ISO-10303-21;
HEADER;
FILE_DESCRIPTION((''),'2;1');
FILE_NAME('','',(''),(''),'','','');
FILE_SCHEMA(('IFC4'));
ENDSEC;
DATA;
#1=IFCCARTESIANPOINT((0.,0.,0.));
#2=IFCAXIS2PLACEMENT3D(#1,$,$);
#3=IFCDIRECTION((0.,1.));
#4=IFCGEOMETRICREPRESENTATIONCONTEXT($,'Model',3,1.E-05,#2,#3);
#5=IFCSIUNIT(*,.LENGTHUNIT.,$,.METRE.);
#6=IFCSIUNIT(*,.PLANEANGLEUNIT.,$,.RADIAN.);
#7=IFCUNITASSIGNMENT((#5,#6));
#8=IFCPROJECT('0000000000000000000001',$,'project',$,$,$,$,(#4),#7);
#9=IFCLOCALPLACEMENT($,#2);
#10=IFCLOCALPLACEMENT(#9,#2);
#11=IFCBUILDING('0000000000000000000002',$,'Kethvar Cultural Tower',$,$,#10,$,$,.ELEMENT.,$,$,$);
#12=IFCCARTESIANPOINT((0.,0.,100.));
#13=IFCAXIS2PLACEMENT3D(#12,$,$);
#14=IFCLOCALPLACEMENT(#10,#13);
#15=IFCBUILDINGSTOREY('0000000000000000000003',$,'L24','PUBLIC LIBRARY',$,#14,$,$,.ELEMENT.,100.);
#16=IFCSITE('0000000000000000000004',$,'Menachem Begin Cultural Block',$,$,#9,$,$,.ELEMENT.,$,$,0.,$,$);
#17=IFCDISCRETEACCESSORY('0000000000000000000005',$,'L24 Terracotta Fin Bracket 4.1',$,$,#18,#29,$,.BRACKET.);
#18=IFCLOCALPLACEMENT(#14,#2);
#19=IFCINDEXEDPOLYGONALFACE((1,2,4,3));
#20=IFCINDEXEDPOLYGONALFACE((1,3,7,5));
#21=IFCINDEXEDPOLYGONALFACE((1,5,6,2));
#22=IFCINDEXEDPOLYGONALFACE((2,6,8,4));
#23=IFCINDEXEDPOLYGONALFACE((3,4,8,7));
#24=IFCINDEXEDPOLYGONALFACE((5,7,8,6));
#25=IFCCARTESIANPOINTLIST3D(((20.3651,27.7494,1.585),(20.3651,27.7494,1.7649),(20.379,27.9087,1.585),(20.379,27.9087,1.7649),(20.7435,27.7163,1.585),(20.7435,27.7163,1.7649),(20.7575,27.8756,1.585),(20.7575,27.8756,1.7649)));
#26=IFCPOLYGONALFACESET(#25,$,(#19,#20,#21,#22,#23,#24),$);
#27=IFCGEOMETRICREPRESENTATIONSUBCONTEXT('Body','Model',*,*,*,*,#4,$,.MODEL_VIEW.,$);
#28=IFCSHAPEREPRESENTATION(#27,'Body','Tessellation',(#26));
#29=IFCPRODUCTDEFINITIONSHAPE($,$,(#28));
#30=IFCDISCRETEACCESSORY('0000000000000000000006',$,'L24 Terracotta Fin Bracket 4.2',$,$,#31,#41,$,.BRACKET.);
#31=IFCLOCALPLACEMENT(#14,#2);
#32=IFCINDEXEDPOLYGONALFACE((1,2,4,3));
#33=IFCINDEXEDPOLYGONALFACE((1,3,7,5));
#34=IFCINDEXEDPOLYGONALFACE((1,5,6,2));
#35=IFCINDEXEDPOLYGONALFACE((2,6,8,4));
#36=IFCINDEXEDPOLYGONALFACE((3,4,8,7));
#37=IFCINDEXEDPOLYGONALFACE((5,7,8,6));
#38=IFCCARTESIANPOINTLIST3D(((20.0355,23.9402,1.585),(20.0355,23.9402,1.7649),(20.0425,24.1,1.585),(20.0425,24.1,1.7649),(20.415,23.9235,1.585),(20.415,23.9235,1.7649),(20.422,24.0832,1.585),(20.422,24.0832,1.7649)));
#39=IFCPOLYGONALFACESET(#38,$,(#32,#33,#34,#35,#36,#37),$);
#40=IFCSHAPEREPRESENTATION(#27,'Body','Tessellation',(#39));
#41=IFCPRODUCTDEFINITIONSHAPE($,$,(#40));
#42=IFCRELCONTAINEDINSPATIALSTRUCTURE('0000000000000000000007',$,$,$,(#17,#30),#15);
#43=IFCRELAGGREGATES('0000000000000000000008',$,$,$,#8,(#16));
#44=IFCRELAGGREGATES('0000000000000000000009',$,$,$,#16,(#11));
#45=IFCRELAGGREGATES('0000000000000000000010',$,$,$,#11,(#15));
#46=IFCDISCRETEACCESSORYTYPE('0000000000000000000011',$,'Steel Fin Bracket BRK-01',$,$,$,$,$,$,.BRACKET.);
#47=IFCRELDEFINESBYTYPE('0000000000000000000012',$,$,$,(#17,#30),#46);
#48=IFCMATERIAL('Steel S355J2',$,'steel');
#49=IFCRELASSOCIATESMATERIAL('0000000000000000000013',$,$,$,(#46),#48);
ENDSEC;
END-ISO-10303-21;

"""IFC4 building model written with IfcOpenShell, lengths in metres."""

from ifc_helpers import new_model, si_unit, direction, frame, origin, origin_2d, place, context, subcontext, project, spatial, rectangle, extrude, source, transform, mapped, material, type_object, element, save


model = new_model("IFC4")

# Units and contexts
model_context = context("Model", 3, precision=1e-05, world=origin(), true_north=direction((0.0, 1.0)))
body_context = subcontext(model_context, "Body", "Model", "MODEL_VIEW")
ifc_project = project(units=[si_unit("LENGTHUNIT", "METRE"), si_unit("PLANEANGLEUNIT", "RADIAN")], contexts=[model_context])

# Site, building, storey
site_placement = place(None, origin())
site = spatial("IfcSite", under=ifc_project, at=site_placement, Name="Menachem Begin Cultural Block", CompositionType="ELEMENT", RefElevation=0.0)
building_placement = place(site_placement, origin())
building = spatial("IfcBuilding", under=site, at=building_placement, Name="Kethvar Cultural Tower", CompositionType="ELEMENT")
storey_placement = place(building_placement, frame((0.0, 0.0, 100.0)))
storey = spatial("IfcBuildingStorey", under=building, at=storey_placement, Name="L24", Description="PUBLIC LIBRARY", CompositionType="ELEMENT", Elevation=100.0)

# Shared definitions
ifc_material_1 = material(Name="Steel S355J2", Category="steel")

# Discrete accessories
discrete_accessory_type = type_object("IfcDiscreteAccessoryType", Name="Steel Fin Bracket BRK-01", PredefinedType="BRACKET", material=ifc_material_1)
shared_shape_1 = source(origin(), body_context, "Body", "SweptSolid", [
    extrude(rectangle(XDim=0.3799, YDim=0.1599, at=origin_2d()), origin(), (0.0, 0.0, 1.0), 0.1799),
])
for number, where, z_axis, x_axis, name in (
    (1, (20.5613, 27.8125, 1.585), (0.0, 0.0, 1.0), (-0.996195, 0.087156, 0.0), "L24 Terracotta Fin Bracket 4.1"),
    (2, (20.2288, 24.0117, 1.585), (0.0, 0.0, 1.0), (-0.999025, 0.044142, 0.0), "L24 Terracotta Fin Bracket 4.2"),
):
    element("IfcDiscreteAccessory", number, at=place(storey_placement, frame(where, z_axis=z_axis, x_axis=x_axis)), inside=storey, type_object=discrete_accessory_type, Name=name, PredefinedType="BRACKET", context=body_context, shape_type="MappedRepresentation", body=[
        mapped(shared_shape_1, transform((0.0, 0.0, 0.0), scale=1.0)),
    ])

save(model, "model.ifc")
